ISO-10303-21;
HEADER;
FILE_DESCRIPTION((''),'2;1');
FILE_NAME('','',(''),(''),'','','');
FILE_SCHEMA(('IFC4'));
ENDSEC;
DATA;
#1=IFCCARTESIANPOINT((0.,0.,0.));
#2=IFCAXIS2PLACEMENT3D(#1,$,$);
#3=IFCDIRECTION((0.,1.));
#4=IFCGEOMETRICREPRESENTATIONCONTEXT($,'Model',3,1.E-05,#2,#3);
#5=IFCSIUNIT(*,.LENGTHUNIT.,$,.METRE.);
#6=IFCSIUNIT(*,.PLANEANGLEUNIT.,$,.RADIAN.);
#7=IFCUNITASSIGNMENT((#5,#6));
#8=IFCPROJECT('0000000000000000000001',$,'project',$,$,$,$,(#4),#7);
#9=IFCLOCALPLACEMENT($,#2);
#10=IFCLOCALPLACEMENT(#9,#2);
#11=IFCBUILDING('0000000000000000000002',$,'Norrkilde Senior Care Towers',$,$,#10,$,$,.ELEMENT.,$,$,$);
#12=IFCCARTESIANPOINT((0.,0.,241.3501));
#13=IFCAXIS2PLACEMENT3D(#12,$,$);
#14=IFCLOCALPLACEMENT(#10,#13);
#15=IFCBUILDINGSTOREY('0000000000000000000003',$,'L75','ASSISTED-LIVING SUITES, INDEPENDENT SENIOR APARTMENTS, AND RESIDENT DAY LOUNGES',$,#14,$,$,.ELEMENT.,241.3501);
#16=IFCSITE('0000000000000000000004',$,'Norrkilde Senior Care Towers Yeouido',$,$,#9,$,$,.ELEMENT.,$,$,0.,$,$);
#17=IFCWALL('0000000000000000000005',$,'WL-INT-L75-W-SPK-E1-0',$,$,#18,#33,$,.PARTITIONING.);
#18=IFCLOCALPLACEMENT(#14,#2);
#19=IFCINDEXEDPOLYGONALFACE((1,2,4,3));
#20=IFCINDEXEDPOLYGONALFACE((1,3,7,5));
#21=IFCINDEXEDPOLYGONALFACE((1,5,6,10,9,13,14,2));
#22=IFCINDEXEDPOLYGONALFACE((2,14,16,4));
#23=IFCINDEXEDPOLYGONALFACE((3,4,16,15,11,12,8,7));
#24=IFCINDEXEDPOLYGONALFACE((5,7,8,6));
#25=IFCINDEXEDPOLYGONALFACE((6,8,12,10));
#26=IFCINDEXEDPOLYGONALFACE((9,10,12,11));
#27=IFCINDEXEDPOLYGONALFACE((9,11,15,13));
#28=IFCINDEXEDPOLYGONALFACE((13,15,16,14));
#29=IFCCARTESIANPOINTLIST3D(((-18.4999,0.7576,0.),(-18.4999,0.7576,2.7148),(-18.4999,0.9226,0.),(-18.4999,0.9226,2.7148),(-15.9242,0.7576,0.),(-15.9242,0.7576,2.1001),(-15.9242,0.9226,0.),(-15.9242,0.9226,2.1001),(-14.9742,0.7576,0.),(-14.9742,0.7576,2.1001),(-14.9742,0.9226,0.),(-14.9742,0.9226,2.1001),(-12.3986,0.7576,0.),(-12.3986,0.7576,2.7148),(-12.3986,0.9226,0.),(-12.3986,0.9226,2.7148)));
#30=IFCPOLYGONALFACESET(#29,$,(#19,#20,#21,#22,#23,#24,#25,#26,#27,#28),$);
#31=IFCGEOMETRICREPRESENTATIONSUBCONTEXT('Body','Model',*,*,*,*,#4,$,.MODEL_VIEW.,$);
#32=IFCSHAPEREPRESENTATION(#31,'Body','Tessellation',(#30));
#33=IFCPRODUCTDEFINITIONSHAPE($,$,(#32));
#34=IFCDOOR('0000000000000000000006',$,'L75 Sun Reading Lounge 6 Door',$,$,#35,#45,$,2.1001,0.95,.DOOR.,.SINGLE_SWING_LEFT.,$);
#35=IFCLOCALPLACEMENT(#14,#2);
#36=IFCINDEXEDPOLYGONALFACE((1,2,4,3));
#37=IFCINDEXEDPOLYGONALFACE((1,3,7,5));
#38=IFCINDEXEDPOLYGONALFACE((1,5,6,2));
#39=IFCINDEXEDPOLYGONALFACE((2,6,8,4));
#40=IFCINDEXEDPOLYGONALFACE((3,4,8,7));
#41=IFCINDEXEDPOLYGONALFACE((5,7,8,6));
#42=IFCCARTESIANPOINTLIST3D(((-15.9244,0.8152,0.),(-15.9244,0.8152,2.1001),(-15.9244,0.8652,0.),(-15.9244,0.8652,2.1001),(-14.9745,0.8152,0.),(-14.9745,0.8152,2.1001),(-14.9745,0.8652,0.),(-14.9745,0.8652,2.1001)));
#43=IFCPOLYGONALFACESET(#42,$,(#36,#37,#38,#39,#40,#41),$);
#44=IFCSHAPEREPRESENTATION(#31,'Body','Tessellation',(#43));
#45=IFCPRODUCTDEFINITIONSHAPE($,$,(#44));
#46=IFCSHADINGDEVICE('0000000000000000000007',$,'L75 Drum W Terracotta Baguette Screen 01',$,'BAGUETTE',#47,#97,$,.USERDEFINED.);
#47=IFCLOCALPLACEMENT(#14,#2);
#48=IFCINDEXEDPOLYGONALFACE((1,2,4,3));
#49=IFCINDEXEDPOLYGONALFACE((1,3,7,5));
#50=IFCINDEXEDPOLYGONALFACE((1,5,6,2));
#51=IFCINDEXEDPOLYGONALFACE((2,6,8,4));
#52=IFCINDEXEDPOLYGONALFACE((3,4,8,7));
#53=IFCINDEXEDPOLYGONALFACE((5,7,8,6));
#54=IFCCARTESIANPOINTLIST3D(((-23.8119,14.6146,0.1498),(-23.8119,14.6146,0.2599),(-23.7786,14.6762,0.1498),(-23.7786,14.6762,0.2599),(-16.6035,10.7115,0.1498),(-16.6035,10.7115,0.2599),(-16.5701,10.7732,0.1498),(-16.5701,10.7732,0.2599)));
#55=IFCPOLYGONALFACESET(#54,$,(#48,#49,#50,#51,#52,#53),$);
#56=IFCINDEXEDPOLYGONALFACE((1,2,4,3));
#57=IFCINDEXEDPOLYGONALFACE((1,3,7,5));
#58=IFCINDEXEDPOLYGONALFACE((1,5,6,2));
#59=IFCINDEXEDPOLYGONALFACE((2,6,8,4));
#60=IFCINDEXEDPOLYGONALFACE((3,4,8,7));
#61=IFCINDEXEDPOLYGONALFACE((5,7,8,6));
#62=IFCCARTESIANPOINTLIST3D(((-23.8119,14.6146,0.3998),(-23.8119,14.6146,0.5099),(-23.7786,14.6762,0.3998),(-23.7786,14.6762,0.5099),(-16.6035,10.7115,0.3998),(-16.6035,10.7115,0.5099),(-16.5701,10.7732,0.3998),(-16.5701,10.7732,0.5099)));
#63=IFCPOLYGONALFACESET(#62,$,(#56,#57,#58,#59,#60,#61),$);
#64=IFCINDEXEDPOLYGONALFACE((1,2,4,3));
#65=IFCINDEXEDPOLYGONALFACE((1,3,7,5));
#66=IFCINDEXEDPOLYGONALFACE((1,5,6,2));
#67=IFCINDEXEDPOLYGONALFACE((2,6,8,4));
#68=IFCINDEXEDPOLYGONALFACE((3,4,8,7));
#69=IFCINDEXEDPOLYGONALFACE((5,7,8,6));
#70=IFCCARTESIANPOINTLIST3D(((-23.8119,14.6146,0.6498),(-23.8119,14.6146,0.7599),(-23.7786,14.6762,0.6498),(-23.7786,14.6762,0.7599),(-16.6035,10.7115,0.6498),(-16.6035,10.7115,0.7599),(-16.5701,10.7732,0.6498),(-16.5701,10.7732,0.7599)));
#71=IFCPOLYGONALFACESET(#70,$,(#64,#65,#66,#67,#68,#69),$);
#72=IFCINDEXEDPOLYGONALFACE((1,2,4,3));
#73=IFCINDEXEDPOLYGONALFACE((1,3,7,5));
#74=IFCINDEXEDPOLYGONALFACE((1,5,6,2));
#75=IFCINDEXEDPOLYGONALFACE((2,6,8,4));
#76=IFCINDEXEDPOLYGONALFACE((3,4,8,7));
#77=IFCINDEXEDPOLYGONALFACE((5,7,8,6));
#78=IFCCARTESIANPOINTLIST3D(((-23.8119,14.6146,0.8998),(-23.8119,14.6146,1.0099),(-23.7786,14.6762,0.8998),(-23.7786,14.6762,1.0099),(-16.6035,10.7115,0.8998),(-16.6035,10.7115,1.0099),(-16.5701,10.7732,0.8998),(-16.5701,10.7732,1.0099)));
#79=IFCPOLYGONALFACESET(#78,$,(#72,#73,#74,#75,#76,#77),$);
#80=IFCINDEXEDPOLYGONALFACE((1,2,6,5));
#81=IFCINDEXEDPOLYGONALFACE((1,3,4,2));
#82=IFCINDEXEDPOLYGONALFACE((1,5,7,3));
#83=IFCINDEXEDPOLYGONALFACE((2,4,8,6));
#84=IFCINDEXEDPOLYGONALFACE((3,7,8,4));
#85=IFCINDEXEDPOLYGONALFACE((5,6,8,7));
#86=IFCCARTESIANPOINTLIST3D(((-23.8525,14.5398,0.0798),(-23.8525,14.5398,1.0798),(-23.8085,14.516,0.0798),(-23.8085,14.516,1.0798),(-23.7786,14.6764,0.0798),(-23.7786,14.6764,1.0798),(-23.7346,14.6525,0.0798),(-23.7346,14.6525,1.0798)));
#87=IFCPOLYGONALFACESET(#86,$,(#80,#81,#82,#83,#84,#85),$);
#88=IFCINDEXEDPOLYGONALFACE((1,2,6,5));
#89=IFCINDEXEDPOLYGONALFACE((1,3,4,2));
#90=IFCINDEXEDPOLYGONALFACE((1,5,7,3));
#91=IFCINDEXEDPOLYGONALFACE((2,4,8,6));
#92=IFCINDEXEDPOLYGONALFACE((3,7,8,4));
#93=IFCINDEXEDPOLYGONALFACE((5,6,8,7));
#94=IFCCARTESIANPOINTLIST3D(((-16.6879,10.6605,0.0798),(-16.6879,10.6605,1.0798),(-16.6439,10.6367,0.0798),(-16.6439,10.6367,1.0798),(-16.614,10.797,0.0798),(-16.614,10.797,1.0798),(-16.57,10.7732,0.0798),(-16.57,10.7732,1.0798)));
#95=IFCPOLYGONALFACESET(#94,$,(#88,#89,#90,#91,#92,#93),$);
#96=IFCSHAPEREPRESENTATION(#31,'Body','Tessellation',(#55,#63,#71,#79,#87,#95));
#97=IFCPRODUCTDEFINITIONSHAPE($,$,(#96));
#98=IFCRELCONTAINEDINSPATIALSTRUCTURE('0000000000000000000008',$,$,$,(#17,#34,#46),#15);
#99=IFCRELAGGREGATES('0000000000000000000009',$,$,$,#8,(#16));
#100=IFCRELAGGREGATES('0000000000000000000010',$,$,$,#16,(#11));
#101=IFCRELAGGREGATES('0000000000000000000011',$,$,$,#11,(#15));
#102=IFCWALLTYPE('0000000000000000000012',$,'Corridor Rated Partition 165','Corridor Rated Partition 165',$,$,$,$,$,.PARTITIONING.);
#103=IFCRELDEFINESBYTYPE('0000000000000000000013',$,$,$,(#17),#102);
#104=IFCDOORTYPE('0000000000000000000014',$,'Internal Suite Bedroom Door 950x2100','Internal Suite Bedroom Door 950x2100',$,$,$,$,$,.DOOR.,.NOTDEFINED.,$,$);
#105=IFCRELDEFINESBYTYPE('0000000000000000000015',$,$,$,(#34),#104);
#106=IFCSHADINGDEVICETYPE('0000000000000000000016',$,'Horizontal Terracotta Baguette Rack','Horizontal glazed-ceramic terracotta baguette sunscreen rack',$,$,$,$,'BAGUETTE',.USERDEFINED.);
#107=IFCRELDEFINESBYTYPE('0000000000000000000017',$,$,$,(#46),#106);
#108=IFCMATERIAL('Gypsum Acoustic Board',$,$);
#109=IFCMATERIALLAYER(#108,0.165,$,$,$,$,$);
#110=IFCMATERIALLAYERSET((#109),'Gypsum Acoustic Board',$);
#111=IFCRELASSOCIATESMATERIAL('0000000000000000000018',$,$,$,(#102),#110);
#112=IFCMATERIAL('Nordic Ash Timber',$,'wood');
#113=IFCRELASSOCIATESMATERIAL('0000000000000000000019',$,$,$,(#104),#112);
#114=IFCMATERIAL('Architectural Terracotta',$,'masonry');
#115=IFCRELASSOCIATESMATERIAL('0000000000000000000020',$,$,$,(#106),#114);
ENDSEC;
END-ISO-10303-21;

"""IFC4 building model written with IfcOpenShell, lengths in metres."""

from ifc_helpers import new_model, si_unit, direction, frame, frame_2d, origin, origin_2d, place, context, subcontext, project, spatial, rectangle, extrude, source, transform, mapped, material, layer, layer_set, type_object, type_shapes, element, fill, save


model = new_model("IFC4")

# Units and contexts
model_context = context("Model", 3, precision=1e-05, world=origin(), true_north=direction((0.0, 1.0)))
body_context = subcontext(model_context, "Body", "Model", "MODEL_VIEW")
ifc_project = project(units=[si_unit("LENGTHUNIT", "METRE"), si_unit("PLANEANGLEUNIT", "RADIAN")], contexts=[model_context])

# Site, building, storey
site_placement = place(None, origin())
site = spatial("IfcSite", under=ifc_project, at=site_placement, Name="Norrkilde Senior Care Towers Yeouido", CompositionType="ELEMENT", RefElevation=0.0)
building_placement = place(site_placement, origin())
building = spatial("IfcBuilding", under=site, at=building_placement, Name="Norrkilde Senior Care Towers", CompositionType="ELEMENT")
storey_placement = place(building_placement, frame((0.0, 0.0, 241.3501)))
storey = spatial("IfcBuildingStorey", under=building, at=storey_placement, Name="L75", Description="ASSISTED-LIVING SUITES, INDEPENDENT SENIOR APARTMENTS, AND RESIDENT DAY LOUNGES", CompositionType="ELEMENT", Elevation=241.3501)

# Shared definitions
ifc_material_1 = material(Name="Gypsum Acoustic Board")
ifc_layer_1 = layer(ifc_material_1, 0.165)
ifc_layer_set_1 = layer_set([ifc_layer_1], Name="Gypsum Acoustic Board")
wall_type_1 = type_object("IfcWallType", Name="Corridor Rated Partition 165", Description="Corridor Rated Partition 165", PredefinedType="PARTITIONING", material=ifc_layer_set_1)

# Wall, opening, door
shared_shape_1 = source(origin(), body_context, "Body", "SweptSolid", [
    extrude(rectangle(XDim=6.1013, YDim=0.165, at=frame_2d((3.0508, 0.0))), origin(), (0.0, 0.0, 1.0), 2.7148),
])
wall_1_placement = place(storey_placement, frame((-18.5, 0.8401, 0.0), z_axis=(0.0, 0.0, 1.0), x_axis=(1.0, 0.0, 0.0)))
wall_1 = element("IfcWall", 1, at=wall_1_placement, inside=storey, type_object=wall_type_1, Name="WL-INT-L75-W-SPK-E1-0", PredefinedType="PARTITIONING", context=body_context, shape_type="MappedRepresentation", body=[
    mapped(shared_shape_1, transform((0.0, 0.0, 0.0), x_axis=(1.0, 0.0, 0.0), y_axis=(0.0, 1.0, 0.0), z_axis=(0.0, 0.0, 1.0), scale=1.0)),
])
opening_1_placement = place(wall_1_placement, frame((2.5757, 0.0, 0.0)))
opening_1 = element("IfcOpeningElement", 2, at=opening_1_placement, cuts=wall_1, PredefinedType="OPENING", context=body_context, shape_type="SweptSolid", body=[
    extrude(rectangle(XDim=0.95, YDim=2.1001, at=frame_2d((0.4751, 1.05))), frame((0.0, 0.0925, 0.0), z_axis=(0.0, -1.0, 0.0), x_axis=(1.0, 0.0, 0.0)), (0.0, 0.0, 1.0), 0.1851),
])
ifc_material_2 = material(Name="Nordic Ash Timber", Category="wood")
door_type_1 = type_object("IfcDoorType", Name="Internal Suite Bedroom Door 950x2100", Description="Internal Suite Bedroom Door 950x2100", OperationType="NOTDEFINED", PredefinedType="DOOR", material=ifc_material_2)
shared_shape_2 = source(origin(), body_context, "Body", "SweptSolid", [
    extrude(rectangle(XDim=0.95, YDim=2.1001, at=frame_2d((0.4751, 1.05))), frame((0.0, 0.0249, 0.0), z_axis=(0.0, -1.0, 0.0), x_axis=(1.0, 0.0, 0.0)), (0.0, 0.0, 1.0), 0.05),
])
type_shapes(door_type_1, [shared_shape_2])
door_1_placement = place(opening_1_placement, frame((0.95, 0.0, 0.0), z_axis=(0.0, 0.0, 1.0), x_axis=(-1.0, 0.0, 0.0)))
door_1 = element("IfcDoor", 3, at=door_1_placement, inside=storey, type_object=door_type_1, Name="L75 Sun Reading Lounge 6 Door", OperationType="SINGLE_SWING_LEFT", OverallHeight=2.1001, OverallWidth=0.95, PredefinedType="DOOR", context=body_context, shape_type="MappedRepresentation", body=[
    mapped(shared_shape_2, transform((0.0, 0.0, 0.0), x_axis=(1.0, 0.0, 0.0), y_axis=(0.0, 1.0, 0.0), z_axis=(0.0, 0.0, 1.0), scale=1.0)),
])
fill(opening_1, door_1)

# Shading device
ifc_material_3 = material(Name="Architectural Terracotta", Category="masonry")
shading_device_type = type_object("IfcShadingDeviceType", Name="Horizontal Terracotta Baguette Rack", Description="Horizontal glazed-ceramic terracotta baguette sunscreen rack", ElementType="BAGUETTE", PredefinedType="USERDEFINED", material=ifc_material_3)
shared_shape_3 = source(origin(), body_context, "Body", "SweptSolid", [
    extrude(rectangle(XDim=0.0701, YDim=0.1101, at=origin_2d()), frame((0.0, 0.0901, 0.125), z_axis=(1.0, 0.0, 0.0), x_axis=(0.0, 1.0, 0.0)), (0.0, 0.0, 1.0), 8.1973),
    extrude(rectangle(XDim=0.0701, YDim=0.1101, at=origin_2d()), frame((0.0, 0.0901, 0.375), z_axis=(1.0, 0.0, 0.0), x_axis=(0.0, 1.0, 0.0)), (0.0, 0.0, 1.0), 8.1973),
    extrude(rectangle(XDim=0.0701, YDim=0.1101, at=origin_2d()), frame((0.0, 0.0901, 0.625), z_axis=(1.0, 0.0, 0.0), x_axis=(0.0, 1.0, 0.0)), (0.0, 0.0, 1.0), 8.1973),
    extrude(rectangle(XDim=0.0701, YDim=0.1101, at=origin_2d()), frame((0.0, 0.0901, 0.875), z_axis=(1.0, 0.0, 0.0), x_axis=(0.0, 1.0, 0.0)), (0.0, 0.0, 1.0), 8.1973),
    extrude(rectangle(XDim=0.05, YDim=0.1553, at=origin_2d()), frame((0.0249, 0.0476, 0.0)), (0.0, 0.0, 1.0), 1.0),
    extrude(rectangle(XDim=0.05, YDim=0.1553, at=origin_2d()), frame((8.1724, 0.0476, 0.0)), (0.0, 0.0, 1.0), 1.0),
])
type_shapes(shading_device_type, [shared_shape_3])
shading_device_placement = place(storey_placement, frame((-23.8381, 14.5662, 0.0798), z_axis=(0.0, 0.0, 1.0), x_axis=(0.879378, -0.476144, 0.0)))
element("IfcShadingDevice", 4, at=shading_device_placement, inside=storey, type_object=shading_device_type, Name="L75 Drum W Terracotta Baguette Screen 01", ObjectType="BAGUETTE", PredefinedType="USERDEFINED", context=body_context, shape_type="MappedRepresentation", body=[
    mapped(shared_shape_3, transform((0.0, 0.0, 0.0), x_axis=(1.0, 0.0, 0.0), y_axis=(0.0, 1.0, 0.0), z_axis=(0.0, 0.0, 1.0), scale=1.0)),
])

save(model, "model.ifc")
